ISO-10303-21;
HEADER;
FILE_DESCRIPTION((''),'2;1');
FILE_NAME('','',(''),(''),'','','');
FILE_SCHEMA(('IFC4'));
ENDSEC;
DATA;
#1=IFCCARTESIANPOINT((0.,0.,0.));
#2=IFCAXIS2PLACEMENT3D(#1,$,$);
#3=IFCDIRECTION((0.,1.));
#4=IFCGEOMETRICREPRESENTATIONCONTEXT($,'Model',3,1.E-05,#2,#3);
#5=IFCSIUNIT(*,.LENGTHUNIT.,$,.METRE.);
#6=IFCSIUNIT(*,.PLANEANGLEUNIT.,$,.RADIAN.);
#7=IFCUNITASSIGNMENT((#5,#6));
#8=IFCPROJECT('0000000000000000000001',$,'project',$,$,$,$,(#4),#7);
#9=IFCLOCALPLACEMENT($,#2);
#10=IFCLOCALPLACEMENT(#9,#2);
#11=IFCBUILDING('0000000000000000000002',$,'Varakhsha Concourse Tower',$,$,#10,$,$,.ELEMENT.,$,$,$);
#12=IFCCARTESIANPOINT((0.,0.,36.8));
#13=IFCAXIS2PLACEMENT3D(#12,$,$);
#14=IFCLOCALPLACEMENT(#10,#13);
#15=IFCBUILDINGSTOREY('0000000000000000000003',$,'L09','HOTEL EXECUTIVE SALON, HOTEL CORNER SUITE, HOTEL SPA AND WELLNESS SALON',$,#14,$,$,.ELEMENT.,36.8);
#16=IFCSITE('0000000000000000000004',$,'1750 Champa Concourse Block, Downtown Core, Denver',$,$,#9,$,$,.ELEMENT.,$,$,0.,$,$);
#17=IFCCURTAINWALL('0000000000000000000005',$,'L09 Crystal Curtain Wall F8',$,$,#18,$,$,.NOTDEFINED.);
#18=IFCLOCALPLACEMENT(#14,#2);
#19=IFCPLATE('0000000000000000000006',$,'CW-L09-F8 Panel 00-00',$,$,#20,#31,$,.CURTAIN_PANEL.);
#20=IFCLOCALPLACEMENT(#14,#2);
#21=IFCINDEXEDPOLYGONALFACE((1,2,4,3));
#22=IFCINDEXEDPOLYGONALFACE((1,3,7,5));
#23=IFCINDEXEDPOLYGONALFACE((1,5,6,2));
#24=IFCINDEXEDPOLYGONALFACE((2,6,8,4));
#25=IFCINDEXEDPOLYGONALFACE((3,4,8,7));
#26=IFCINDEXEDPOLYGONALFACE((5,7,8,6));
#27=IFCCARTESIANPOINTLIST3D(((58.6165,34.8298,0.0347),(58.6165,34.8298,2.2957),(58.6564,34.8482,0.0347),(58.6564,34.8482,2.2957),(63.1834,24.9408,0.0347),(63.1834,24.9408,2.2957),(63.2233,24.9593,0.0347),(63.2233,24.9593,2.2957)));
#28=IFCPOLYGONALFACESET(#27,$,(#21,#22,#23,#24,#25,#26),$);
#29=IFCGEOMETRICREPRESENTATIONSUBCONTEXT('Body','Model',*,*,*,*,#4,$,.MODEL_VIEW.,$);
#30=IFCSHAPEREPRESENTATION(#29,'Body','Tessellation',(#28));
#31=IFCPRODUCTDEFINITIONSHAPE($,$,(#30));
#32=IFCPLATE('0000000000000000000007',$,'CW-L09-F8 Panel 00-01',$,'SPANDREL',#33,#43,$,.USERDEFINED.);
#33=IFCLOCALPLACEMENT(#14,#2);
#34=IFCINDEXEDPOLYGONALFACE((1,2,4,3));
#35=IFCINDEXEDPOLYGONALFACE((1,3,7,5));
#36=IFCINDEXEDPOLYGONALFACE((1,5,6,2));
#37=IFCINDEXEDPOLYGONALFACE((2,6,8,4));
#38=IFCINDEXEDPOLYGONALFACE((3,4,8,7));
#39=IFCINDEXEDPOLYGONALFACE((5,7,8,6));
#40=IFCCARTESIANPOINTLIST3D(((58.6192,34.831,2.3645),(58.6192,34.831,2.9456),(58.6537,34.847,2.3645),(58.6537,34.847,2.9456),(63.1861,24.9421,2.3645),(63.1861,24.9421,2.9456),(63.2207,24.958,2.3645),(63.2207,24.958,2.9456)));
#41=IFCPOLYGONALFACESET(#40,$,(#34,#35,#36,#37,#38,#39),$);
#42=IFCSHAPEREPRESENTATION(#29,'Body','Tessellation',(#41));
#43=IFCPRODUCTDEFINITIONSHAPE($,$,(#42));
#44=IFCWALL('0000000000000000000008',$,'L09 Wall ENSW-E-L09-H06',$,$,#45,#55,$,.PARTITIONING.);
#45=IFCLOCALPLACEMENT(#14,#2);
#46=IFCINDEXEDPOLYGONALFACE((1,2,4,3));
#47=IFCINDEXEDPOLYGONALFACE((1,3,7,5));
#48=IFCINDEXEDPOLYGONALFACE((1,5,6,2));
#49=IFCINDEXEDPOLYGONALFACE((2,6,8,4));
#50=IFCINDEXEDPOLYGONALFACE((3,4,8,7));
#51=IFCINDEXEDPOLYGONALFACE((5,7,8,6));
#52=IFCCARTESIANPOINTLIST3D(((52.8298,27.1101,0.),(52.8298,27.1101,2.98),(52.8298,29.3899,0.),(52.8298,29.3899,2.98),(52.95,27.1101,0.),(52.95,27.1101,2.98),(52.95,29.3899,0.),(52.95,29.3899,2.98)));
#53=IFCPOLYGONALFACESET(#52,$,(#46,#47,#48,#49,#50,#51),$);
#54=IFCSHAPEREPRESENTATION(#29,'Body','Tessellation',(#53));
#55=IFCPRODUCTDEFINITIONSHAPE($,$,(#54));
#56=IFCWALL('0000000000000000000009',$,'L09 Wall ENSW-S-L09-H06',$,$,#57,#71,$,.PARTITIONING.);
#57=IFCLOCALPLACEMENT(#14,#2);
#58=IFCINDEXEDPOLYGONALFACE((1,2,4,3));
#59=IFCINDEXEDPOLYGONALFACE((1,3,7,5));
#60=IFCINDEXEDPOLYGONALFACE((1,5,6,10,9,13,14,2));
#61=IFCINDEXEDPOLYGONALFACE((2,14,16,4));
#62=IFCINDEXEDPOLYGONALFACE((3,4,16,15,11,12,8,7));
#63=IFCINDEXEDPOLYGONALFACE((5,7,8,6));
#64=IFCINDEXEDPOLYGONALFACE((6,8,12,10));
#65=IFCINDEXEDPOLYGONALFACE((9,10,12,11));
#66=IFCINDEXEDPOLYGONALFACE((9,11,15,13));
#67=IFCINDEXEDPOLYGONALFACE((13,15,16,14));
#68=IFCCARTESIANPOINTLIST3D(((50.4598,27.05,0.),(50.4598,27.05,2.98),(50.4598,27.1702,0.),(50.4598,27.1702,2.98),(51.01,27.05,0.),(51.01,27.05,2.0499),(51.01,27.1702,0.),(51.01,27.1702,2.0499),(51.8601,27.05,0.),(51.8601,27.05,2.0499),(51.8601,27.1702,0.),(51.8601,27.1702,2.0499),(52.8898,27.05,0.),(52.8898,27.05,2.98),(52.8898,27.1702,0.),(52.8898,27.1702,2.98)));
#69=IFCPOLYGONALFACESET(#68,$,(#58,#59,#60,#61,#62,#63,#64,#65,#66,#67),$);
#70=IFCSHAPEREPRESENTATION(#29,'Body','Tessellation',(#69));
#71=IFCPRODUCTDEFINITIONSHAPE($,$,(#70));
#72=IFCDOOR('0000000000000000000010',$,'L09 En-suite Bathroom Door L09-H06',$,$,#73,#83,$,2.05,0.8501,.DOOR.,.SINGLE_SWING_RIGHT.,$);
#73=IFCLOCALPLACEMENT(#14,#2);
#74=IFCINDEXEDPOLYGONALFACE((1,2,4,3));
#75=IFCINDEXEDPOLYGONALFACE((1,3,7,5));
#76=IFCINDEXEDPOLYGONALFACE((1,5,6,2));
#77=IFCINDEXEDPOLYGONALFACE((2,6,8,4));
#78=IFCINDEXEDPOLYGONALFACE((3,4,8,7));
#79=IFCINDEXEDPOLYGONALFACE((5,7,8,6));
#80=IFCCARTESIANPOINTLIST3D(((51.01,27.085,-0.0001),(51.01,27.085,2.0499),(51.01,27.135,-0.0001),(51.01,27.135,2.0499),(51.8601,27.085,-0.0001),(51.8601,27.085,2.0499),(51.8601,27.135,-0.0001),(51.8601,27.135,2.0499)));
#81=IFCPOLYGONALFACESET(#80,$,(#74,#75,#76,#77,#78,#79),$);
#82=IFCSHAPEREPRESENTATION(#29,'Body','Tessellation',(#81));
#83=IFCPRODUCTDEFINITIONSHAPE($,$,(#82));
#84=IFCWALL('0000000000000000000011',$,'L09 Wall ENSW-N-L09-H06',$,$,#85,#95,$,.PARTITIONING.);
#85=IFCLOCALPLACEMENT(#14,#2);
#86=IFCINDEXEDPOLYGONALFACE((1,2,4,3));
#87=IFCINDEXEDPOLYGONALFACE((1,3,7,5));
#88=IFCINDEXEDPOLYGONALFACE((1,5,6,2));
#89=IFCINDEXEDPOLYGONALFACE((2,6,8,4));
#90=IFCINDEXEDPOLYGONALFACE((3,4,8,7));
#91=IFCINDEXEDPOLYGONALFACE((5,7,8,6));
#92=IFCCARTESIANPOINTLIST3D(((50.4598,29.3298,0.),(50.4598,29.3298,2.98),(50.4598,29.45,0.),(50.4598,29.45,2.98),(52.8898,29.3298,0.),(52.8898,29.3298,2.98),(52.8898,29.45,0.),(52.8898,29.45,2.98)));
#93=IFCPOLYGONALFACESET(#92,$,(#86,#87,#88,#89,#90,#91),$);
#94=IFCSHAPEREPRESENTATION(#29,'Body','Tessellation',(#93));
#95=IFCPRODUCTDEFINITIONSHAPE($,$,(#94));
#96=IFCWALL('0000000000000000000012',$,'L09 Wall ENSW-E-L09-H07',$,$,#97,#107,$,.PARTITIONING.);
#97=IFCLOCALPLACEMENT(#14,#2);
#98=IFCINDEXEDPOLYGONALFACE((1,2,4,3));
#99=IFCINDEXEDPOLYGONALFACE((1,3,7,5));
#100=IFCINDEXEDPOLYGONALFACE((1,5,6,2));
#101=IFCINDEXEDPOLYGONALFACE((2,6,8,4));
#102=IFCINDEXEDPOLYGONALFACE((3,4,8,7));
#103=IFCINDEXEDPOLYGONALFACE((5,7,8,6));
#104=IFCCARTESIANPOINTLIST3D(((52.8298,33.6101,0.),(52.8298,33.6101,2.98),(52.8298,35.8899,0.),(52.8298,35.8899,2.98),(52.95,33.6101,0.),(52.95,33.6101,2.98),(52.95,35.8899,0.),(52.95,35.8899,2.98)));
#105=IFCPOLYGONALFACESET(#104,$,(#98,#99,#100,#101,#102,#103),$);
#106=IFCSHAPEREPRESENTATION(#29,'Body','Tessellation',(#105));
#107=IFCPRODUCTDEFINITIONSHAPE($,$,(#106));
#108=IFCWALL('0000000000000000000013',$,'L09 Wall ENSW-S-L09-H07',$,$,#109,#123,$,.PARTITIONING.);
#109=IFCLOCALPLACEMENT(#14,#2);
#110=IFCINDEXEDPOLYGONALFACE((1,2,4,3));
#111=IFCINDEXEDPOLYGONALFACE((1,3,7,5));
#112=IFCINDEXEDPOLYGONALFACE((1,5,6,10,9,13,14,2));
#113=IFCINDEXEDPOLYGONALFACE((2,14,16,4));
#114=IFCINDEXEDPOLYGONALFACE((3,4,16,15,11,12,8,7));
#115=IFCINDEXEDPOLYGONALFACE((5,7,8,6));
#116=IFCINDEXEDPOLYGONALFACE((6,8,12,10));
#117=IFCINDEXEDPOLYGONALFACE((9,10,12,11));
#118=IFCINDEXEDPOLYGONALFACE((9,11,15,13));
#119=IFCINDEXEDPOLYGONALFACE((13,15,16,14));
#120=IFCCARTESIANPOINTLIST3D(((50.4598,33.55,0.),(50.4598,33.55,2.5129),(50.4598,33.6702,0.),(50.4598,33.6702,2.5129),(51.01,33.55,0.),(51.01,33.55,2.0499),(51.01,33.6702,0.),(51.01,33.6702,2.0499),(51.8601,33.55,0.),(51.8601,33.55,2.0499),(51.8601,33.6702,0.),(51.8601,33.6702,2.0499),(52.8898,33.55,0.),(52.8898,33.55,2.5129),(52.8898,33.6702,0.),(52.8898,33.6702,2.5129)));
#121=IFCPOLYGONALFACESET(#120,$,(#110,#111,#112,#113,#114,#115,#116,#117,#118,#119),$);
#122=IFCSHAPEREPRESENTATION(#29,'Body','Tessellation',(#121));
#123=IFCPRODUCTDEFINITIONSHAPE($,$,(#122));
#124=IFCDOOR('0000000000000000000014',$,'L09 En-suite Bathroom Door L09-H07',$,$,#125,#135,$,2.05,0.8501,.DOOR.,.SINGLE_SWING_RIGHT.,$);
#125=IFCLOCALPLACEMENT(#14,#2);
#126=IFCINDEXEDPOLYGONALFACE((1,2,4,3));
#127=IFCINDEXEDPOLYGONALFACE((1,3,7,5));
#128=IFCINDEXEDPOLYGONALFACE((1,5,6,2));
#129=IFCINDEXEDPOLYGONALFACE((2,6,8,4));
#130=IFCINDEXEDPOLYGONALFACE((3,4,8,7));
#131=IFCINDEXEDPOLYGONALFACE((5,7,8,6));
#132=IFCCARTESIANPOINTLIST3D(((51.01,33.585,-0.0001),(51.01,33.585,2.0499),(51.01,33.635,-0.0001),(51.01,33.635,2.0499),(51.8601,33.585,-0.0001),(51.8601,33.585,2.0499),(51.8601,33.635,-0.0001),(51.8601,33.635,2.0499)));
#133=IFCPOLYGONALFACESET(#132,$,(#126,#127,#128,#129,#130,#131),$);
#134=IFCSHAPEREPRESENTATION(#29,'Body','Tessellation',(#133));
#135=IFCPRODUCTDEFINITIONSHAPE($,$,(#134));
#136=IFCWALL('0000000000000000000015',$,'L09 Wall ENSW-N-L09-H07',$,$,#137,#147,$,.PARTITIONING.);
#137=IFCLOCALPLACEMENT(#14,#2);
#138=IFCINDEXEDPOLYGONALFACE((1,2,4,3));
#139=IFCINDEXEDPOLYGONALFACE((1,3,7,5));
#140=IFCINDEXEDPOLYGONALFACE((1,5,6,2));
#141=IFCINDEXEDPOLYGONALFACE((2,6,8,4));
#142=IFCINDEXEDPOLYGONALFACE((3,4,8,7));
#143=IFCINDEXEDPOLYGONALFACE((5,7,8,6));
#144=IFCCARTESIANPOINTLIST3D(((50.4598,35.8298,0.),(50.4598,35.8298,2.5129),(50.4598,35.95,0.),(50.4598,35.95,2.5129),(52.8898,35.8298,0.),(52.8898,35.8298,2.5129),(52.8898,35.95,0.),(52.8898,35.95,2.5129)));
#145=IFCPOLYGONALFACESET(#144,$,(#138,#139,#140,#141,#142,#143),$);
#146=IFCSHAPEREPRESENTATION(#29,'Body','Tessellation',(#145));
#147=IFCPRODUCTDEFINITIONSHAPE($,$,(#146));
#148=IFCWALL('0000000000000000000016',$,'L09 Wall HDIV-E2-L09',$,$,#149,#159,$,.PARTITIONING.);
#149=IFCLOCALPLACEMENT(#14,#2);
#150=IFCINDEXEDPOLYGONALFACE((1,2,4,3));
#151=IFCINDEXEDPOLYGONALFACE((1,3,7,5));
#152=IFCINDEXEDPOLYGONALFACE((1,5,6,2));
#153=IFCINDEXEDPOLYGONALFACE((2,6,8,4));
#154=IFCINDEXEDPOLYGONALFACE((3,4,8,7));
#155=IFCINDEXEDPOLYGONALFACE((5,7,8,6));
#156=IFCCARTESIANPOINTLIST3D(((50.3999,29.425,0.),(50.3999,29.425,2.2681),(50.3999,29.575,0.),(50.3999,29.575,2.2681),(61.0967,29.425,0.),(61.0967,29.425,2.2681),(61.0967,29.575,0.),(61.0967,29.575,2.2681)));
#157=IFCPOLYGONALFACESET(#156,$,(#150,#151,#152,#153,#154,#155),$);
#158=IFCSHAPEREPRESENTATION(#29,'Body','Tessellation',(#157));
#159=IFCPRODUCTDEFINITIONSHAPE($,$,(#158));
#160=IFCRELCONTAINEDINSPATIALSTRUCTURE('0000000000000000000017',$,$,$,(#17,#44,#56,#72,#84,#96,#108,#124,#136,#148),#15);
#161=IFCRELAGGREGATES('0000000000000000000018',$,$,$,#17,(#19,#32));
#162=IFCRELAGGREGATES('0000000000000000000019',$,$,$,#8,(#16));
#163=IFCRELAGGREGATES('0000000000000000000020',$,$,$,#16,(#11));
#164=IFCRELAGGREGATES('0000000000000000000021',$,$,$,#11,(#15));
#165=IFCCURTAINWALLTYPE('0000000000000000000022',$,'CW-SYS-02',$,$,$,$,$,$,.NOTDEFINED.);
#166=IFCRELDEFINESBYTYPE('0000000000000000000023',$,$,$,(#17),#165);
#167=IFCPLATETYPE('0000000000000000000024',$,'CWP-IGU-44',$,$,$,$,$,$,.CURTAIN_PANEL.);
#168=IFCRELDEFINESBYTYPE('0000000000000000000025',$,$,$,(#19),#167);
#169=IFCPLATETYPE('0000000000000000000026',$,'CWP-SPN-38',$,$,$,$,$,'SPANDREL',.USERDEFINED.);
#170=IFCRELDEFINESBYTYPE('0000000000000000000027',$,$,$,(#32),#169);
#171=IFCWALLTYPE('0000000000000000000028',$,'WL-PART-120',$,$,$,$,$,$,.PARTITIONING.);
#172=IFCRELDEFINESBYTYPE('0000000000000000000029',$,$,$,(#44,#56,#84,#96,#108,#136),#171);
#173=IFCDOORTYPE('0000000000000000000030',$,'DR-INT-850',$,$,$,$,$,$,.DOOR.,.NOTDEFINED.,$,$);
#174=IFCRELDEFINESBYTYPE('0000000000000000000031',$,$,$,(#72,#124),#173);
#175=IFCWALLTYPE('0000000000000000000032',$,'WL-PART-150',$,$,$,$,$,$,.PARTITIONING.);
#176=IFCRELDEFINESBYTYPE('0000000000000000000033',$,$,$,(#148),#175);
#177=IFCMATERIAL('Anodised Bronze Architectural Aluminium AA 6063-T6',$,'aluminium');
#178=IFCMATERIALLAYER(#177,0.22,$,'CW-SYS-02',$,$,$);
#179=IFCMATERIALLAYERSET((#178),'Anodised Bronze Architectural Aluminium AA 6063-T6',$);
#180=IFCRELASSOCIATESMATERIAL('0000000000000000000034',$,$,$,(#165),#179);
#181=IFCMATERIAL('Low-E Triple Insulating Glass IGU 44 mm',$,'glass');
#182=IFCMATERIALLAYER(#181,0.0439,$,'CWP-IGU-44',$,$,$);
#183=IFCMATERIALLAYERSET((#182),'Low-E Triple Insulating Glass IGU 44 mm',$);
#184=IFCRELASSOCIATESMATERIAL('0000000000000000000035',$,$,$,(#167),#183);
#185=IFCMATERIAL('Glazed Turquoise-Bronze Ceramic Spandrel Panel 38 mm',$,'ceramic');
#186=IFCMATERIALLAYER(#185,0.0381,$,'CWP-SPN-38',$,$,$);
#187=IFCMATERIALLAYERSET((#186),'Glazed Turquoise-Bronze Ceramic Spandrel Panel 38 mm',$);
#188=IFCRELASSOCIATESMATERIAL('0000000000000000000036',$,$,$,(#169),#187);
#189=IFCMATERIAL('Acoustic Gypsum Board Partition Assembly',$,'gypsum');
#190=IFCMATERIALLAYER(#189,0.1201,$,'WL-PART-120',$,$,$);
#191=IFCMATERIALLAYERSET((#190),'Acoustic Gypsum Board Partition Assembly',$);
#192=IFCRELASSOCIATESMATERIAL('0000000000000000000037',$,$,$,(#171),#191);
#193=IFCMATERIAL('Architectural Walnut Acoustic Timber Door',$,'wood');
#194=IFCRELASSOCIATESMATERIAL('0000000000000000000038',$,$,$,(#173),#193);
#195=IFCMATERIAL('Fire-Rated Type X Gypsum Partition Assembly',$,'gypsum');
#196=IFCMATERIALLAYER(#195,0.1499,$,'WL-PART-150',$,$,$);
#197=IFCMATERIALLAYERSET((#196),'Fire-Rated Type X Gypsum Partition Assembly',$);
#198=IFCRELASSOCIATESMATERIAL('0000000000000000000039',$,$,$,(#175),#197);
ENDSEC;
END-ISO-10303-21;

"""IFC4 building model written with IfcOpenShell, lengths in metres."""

from ifc_helpers import new_model, si_unit, direction, frame, frame_2d, origin, origin_2d, place, context, subcontext, project, spatial, rectangle, extrude, source, transform, mapped, material, layer, layer_set, type_object, type_shapes, element, fill, aggregate, save


model = new_model("IFC4")

# Units and contexts
model_context = context("Model", 3, precision=1e-05, world=origin(), true_north=direction((0.0, 1.0)))
body_context = subcontext(model_context, "Body", "Model", "MODEL_VIEW")
ifc_project = project(units=[si_unit("LENGTHUNIT", "METRE"), si_unit("PLANEANGLEUNIT", "RADIAN")], contexts=[model_context])

# Site, building, storey
site_placement = place(None, origin())
site = spatial("IfcSite", under=ifc_project, at=site_placement, Name="1750 Champa Concourse Block, Downtown Core, Denver", CompositionType="ELEMENT", RefElevation=0.0)
building_placement = place(site_placement, origin())
building = spatial("IfcBuilding", under=site, at=building_placement, Name="Varakhsha Concourse Tower", CompositionType="ELEMENT")
storey_placement = place(building_placement, frame((0.0, 0.0, 36.8)))
storey = spatial("IfcBuildingStorey", under=building, at=storey_placement, Name="L09", Description="HOTEL EXECUTIVE SALON, HOTEL CORNER SUITE, HOTEL SPA AND WELLNESS SALON", CompositionType="ELEMENT", Elevation=36.8)

# Curtain wall
ifc_material_1 = material(Name="Anodised Bronze Architectural Aluminium AA 6063-T6", Category="aluminium")
ifc_layer_1 = layer(ifc_material_1, 0.22, Name="CW-SYS-02")
ifc_layer_set_1 = layer_set([ifc_layer_1], Name="Anodised Bronze Architectural Aluminium AA 6063-T6")
curtain_wall_type = type_object("IfcCurtainWallType", Name="CW-SYS-02", PredefinedType="NOTDEFINED", material=ifc_layer_set_1)
curtain_wall_1_placement = place(storey_placement, origin())
curtain_wall_1 = element("IfcCurtainWall", 1, at=curtain_wall_1_placement, inside=storey, type_object=curtain_wall_type, Name="L09 Crystal Curtain Wall F8", PredefinedType="NOTDEFINED")

# Plates
ifc_material_2 = material(Name="Low-E Triple Insulating Glass IGU 44 mm", Category="glass")
ifc_layer_2 = layer(ifc_material_2, 0.0439, Name="CWP-IGU-44")
ifc_layer_set_2 = layer_set([ifc_layer_2], Name="Low-E Triple Insulating Glass IGU 44 mm")
plate_type_1 = type_object("IfcPlateType", Name="CWP-IGU-44", PredefinedType="CURTAIN_PANEL", material=ifc_layer_set_2)
shared_shape_1 = source(origin(), body_context, "Body", "SweptSolid", [
    extrude(rectangle(XDim=10.8926, YDim=0.0439, at=origin_2d()), origin(), (0.0, 0.0, 1.0), 2.261),
])
type_shapes(plate_type_1, [shared_shape_1])
plate_1_placement = place(storey_placement, frame((60.9199, 29.8945, 0.0347), z_axis=(0.0, 0.0, 1.0), x_axis=(0.41927, -0.907862, 0.0)))
plate_1 = element("IfcPlate", 2, at=plate_1_placement, type_object=plate_type_1, Name="CW-L09-F8 Panel 00-00", PredefinedType="CURTAIN_PANEL", context=body_context, shape_type="MappedRepresentation", body=[
    mapped(shared_shape_1, transform((0.0, 0.0, 0.0), scale=1.0)),
])
ifc_material_3 = material(Name="Glazed Turquoise-Bronze Ceramic Spandrel Panel 38 mm", Category="ceramic")
ifc_layer_3 = layer(ifc_material_3, 0.0381, Name="CWP-SPN-38")
ifc_layer_set_3 = layer_set([ifc_layer_3], Name="Glazed Turquoise-Bronze Ceramic Spandrel Panel 38 mm")
plate_type_2 = type_object("IfcPlateType", Name="CWP-SPN-38", ElementType="SPANDREL", PredefinedType="USERDEFINED", material=ifc_layer_set_3)
shared_shape_2 = source(origin(), body_context, "Body", "SweptSolid", [
    extrude(rectangle(XDim=10.8926, YDim=0.0381, at=origin_2d()), origin(), (0.0, 0.0, 1.0), 0.5811),
])
type_shapes(plate_type_2, [shared_shape_2])
plate_2_placement = place(storey_placement, frame((60.9199, 29.8945, 2.3645), z_axis=(0.0, 0.0, 1.0), x_axis=(0.41927, -0.907862, 0.0)))
plate_2 = element("IfcPlate", 3, at=plate_2_placement, type_object=plate_type_2, Name="CW-L09-F8 Panel 00-01", ObjectType="SPANDREL", PredefinedType="USERDEFINED", context=body_context, shape_type="MappedRepresentation", body=[
    mapped(shared_shape_2, transform((0.0, 0.0, 0.0), scale=1.0)),
])
aggregate(curtain_wall_1, [plate_1, plate_2])

# Wall
ifc_material_4 = material(Name="Acoustic Gypsum Board Partition Assembly", Category="gypsum")
ifc_layer_4 = layer(ifc_material_4, 0.1201, Name="WL-PART-120")
ifc_layer_set_4 = layer_set([ifc_layer_4], Name="Acoustic Gypsum Board Partition Assembly")
wall_type_1 = type_object("IfcWallType", Name="WL-PART-120", PredefinedType="PARTITIONING", material=ifc_layer_set_4)
wall_1_placement = place(storey_placement, frame((52.8899, 27.1101, 0.0), z_axis=(0.0, 0.0, 1.0), x_axis=(0.0, 1.0, 0.0)))
element("IfcWall", 4, at=wall_1_placement, inside=storey, type_object=wall_type_1, Name="L09 Wall ENSW-E-L09-H06", PredefinedType="PARTITIONING", context=body_context, shape_type="SweptSolid", body=[
    extrude(rectangle(XDim=2.2798, YDim=0.1201, at=frame_2d((1.1399, 0.0))), origin(), (0.0, 0.0, 1.0), 2.98),
])

# Wall, opening, door
wall_2_placement = place(storey_placement, frame((50.46, 27.1101, 0.0), z_axis=(0.0, 0.0, 1.0), x_axis=(1.0, 0.0, 0.0)))
wall_2 = element("IfcWall", 5, at=wall_2_placement, inside=storey, type_object=wall_type_1, Name="L09 Wall ENSW-S-L09-H06", PredefinedType="PARTITIONING", context=body_context, shape_type="SweptSolid", body=[
    extrude(rectangle(XDim=2.4299, YDim=0.1201, at=frame_2d((1.2148, 0.0))), origin(), (0.0, 0.0, 1.0), 2.98),
])
opening_1_placement = place(wall_2_placement, frame((0.55, 0.0, 0.0)))
opening_1 = element("IfcOpeningElement", 6, at=opening_1_placement, cuts=wall_2, PredefinedType="OPENING", context=body_context, shape_type="SweptSolid", body=[
    extrude(rectangle(XDim=0.8501, YDim=2.05, at=frame_2d((0.425, 1.0249))), frame((0.0, 0.0701, 0.0), z_axis=(0.0, -1.0, 0.0), x_axis=(1.0, 0.0, 0.0)), (0.0, 0.0, 1.0), 0.1401),
])
ifc_material_5 = material(Name="Architectural Walnut Acoustic Timber Door", Category="wood")
door_type = type_object("IfcDoorType", Name="DR-INT-850", OperationType="NOTDEFINED", PredefinedType="DOOR", material=ifc_material_5)
door_1_placement = place(opening_1_placement, origin())
door_1 = element("IfcDoor", 7, at=door_1_placement, inside=storey, type_object=door_type, Name="L09 En-suite Bathroom Door L09-H06", OperationType="SINGLE_SWING_RIGHT", OverallHeight=2.05, OverallWidth=0.8501, PredefinedType="DOOR", context=body_context, shape_type="SweptSolid", body=[
    extrude(rectangle(XDim=0.8501, YDim=2.05, at=frame_2d((0.425, 1.0249))), frame((0.0, 0.0249, 0.0), z_axis=(0.0, -1.0, 0.0), x_axis=(1.0, 0.0, 0.0)), (0.0, 0.0, 1.0), 0.05),
])
fill(opening_1, door_1)

# Walls
wall_3_placement = place(storey_placement, frame((50.46, 29.3899, 0.0), z_axis=(0.0, 0.0, 1.0), x_axis=(1.0, 0.0, 0.0)))
element("IfcWall", 8, at=wall_3_placement, inside=storey, type_object=wall_type_1, Name="L09 Wall ENSW-N-L09-H06", PredefinedType="PARTITIONING", context=body_context, shape_type="SweptSolid", body=[
    extrude(rectangle(XDim=2.4299, YDim=0.1201, at=frame_2d((1.2148, 0.0))), origin(), (0.0, 0.0, 1.0), 2.98),
])
wall_4_placement = place(storey_placement, frame((52.8899, 33.6101, 0.0), z_axis=(0.0, 0.0, 1.0), x_axis=(0.0, 1.0, 0.0)))
element("IfcWall", 9, at=wall_4_placement, inside=storey, type_object=wall_type_1, Name="L09 Wall ENSW-E-L09-H07", PredefinedType="PARTITIONING", context=body_context, shape_type="SweptSolid", body=[
    extrude(rectangle(XDim=2.2798, YDim=0.1201, at=frame_2d((1.1399, 0.0))), origin(), (0.0, 0.0, 1.0), 2.98),
])

# Wall, opening, door
wall_5_placement = place(storey_placement, frame((50.46, 33.6101, 0.0), z_axis=(0.0, 0.0, 1.0), x_axis=(1.0, 0.0, 0.0)))
wall_5 = element("IfcWall", 10, at=wall_5_placement, inside=storey, type_object=wall_type_1, Name="L09 Wall ENSW-S-L09-H07", PredefinedType="PARTITIONING", context=body_context, shape_type="SweptSolid", body=[
    extrude(rectangle(XDim=2.4299, YDim=0.1201, at=frame_2d((1.2148, 0.0))), origin(), (0.0, 0.0, 1.0), 2.5129),
])
opening_2_placement = place(wall_5_placement, frame((0.55, 0.0, 0.0)))
opening_2 = element("IfcOpeningElement", 11, at=opening_2_placement, cuts=wall_5, PredefinedType="OPENING", context=body_context, shape_type="SweptSolid", body=[
    extrude(rectangle(XDim=0.8501, YDim=2.05, at=frame_2d((0.425, 1.0249))), frame((0.0, 0.0701, 0.0), z_axis=(0.0, -1.0, 0.0), x_axis=(1.0, 0.0, 0.0)), (0.0, 0.0, 1.0), 0.1401),
])
door_2_placement = place(opening_2_placement, origin())
door_2 = element("IfcDoor", 12, at=door_2_placement, inside=storey, type_object=door_type, Name="L09 En-suite Bathroom Door L09-H07", OperationType="SINGLE_SWING_RIGHT", OverallHeight=2.05, OverallWidth=0.8501, PredefinedType="DOOR", context=body_context, shape_type="SweptSolid", body=[
    extrude(rectangle(XDim=0.8501, YDim=2.05, at=frame_2d((0.425, 1.0249))), frame((0.0, 0.0249, 0.0), z_axis=(0.0, -1.0, 0.0), x_axis=(1.0, 0.0, 0.0)), (0.0, 0.0, 1.0), 0.05),
])
fill(opening_2, door_2)

# Walls
wall_6_placement = place(storey_placement, frame((50.46, 35.8899, 0.0), z_axis=(0.0, 0.0, 1.0), x_axis=(1.0, 0.0, 0.0)))
element("IfcWall", 13, at=wall_6_placement, inside=storey, type_object=wall_type_1, Name="L09 Wall ENSW-N-L09-H07", PredefinedType="PARTITIONING", context=body_context, shape_type="SweptSolid", body=[
    extrude(rectangle(XDim=2.4299, YDim=0.1201, at=frame_2d((1.2148, 0.0))), origin(), (0.0, 0.0, 1.0), 2.5129),
])
ifc_material_6 = material(Name="Fire-Rated Type X Gypsum Partition Assembly", Category="gypsum")
ifc_layer_5 = layer(ifc_material_6, 0.1499, Name="WL-PART-150")
ifc_layer_set_5 = layer_set([ifc_layer_5], Name="Fire-Rated Type X Gypsum Partition Assembly")
wall_type_2 = type_object("IfcWallType", Name="WL-PART-150", PredefinedType="PARTITIONING", material=ifc_layer_set_5)
wall_7_placement = place(storey_placement, frame((50.3999, 29.5, 0.0), z_axis=(0.0, 0.0, 1.0), x_axis=(1.0, 0.0, 0.0)))
element("IfcWall", 14, at=wall_7_placement, inside=storey, type_object=wall_type_2, Name="L09 Wall HDIV-E2-L09", PredefinedType="PARTITIONING", context=body_context, shape_type="SweptSolid", body=[
    extrude(rectangle(XDim=10.6968, YDim=0.1499, at=frame_2d((5.3484, 0.0))), origin(), (0.0, 0.0, 1.0), 2.2681),
])

save(model, "model.ifc")
